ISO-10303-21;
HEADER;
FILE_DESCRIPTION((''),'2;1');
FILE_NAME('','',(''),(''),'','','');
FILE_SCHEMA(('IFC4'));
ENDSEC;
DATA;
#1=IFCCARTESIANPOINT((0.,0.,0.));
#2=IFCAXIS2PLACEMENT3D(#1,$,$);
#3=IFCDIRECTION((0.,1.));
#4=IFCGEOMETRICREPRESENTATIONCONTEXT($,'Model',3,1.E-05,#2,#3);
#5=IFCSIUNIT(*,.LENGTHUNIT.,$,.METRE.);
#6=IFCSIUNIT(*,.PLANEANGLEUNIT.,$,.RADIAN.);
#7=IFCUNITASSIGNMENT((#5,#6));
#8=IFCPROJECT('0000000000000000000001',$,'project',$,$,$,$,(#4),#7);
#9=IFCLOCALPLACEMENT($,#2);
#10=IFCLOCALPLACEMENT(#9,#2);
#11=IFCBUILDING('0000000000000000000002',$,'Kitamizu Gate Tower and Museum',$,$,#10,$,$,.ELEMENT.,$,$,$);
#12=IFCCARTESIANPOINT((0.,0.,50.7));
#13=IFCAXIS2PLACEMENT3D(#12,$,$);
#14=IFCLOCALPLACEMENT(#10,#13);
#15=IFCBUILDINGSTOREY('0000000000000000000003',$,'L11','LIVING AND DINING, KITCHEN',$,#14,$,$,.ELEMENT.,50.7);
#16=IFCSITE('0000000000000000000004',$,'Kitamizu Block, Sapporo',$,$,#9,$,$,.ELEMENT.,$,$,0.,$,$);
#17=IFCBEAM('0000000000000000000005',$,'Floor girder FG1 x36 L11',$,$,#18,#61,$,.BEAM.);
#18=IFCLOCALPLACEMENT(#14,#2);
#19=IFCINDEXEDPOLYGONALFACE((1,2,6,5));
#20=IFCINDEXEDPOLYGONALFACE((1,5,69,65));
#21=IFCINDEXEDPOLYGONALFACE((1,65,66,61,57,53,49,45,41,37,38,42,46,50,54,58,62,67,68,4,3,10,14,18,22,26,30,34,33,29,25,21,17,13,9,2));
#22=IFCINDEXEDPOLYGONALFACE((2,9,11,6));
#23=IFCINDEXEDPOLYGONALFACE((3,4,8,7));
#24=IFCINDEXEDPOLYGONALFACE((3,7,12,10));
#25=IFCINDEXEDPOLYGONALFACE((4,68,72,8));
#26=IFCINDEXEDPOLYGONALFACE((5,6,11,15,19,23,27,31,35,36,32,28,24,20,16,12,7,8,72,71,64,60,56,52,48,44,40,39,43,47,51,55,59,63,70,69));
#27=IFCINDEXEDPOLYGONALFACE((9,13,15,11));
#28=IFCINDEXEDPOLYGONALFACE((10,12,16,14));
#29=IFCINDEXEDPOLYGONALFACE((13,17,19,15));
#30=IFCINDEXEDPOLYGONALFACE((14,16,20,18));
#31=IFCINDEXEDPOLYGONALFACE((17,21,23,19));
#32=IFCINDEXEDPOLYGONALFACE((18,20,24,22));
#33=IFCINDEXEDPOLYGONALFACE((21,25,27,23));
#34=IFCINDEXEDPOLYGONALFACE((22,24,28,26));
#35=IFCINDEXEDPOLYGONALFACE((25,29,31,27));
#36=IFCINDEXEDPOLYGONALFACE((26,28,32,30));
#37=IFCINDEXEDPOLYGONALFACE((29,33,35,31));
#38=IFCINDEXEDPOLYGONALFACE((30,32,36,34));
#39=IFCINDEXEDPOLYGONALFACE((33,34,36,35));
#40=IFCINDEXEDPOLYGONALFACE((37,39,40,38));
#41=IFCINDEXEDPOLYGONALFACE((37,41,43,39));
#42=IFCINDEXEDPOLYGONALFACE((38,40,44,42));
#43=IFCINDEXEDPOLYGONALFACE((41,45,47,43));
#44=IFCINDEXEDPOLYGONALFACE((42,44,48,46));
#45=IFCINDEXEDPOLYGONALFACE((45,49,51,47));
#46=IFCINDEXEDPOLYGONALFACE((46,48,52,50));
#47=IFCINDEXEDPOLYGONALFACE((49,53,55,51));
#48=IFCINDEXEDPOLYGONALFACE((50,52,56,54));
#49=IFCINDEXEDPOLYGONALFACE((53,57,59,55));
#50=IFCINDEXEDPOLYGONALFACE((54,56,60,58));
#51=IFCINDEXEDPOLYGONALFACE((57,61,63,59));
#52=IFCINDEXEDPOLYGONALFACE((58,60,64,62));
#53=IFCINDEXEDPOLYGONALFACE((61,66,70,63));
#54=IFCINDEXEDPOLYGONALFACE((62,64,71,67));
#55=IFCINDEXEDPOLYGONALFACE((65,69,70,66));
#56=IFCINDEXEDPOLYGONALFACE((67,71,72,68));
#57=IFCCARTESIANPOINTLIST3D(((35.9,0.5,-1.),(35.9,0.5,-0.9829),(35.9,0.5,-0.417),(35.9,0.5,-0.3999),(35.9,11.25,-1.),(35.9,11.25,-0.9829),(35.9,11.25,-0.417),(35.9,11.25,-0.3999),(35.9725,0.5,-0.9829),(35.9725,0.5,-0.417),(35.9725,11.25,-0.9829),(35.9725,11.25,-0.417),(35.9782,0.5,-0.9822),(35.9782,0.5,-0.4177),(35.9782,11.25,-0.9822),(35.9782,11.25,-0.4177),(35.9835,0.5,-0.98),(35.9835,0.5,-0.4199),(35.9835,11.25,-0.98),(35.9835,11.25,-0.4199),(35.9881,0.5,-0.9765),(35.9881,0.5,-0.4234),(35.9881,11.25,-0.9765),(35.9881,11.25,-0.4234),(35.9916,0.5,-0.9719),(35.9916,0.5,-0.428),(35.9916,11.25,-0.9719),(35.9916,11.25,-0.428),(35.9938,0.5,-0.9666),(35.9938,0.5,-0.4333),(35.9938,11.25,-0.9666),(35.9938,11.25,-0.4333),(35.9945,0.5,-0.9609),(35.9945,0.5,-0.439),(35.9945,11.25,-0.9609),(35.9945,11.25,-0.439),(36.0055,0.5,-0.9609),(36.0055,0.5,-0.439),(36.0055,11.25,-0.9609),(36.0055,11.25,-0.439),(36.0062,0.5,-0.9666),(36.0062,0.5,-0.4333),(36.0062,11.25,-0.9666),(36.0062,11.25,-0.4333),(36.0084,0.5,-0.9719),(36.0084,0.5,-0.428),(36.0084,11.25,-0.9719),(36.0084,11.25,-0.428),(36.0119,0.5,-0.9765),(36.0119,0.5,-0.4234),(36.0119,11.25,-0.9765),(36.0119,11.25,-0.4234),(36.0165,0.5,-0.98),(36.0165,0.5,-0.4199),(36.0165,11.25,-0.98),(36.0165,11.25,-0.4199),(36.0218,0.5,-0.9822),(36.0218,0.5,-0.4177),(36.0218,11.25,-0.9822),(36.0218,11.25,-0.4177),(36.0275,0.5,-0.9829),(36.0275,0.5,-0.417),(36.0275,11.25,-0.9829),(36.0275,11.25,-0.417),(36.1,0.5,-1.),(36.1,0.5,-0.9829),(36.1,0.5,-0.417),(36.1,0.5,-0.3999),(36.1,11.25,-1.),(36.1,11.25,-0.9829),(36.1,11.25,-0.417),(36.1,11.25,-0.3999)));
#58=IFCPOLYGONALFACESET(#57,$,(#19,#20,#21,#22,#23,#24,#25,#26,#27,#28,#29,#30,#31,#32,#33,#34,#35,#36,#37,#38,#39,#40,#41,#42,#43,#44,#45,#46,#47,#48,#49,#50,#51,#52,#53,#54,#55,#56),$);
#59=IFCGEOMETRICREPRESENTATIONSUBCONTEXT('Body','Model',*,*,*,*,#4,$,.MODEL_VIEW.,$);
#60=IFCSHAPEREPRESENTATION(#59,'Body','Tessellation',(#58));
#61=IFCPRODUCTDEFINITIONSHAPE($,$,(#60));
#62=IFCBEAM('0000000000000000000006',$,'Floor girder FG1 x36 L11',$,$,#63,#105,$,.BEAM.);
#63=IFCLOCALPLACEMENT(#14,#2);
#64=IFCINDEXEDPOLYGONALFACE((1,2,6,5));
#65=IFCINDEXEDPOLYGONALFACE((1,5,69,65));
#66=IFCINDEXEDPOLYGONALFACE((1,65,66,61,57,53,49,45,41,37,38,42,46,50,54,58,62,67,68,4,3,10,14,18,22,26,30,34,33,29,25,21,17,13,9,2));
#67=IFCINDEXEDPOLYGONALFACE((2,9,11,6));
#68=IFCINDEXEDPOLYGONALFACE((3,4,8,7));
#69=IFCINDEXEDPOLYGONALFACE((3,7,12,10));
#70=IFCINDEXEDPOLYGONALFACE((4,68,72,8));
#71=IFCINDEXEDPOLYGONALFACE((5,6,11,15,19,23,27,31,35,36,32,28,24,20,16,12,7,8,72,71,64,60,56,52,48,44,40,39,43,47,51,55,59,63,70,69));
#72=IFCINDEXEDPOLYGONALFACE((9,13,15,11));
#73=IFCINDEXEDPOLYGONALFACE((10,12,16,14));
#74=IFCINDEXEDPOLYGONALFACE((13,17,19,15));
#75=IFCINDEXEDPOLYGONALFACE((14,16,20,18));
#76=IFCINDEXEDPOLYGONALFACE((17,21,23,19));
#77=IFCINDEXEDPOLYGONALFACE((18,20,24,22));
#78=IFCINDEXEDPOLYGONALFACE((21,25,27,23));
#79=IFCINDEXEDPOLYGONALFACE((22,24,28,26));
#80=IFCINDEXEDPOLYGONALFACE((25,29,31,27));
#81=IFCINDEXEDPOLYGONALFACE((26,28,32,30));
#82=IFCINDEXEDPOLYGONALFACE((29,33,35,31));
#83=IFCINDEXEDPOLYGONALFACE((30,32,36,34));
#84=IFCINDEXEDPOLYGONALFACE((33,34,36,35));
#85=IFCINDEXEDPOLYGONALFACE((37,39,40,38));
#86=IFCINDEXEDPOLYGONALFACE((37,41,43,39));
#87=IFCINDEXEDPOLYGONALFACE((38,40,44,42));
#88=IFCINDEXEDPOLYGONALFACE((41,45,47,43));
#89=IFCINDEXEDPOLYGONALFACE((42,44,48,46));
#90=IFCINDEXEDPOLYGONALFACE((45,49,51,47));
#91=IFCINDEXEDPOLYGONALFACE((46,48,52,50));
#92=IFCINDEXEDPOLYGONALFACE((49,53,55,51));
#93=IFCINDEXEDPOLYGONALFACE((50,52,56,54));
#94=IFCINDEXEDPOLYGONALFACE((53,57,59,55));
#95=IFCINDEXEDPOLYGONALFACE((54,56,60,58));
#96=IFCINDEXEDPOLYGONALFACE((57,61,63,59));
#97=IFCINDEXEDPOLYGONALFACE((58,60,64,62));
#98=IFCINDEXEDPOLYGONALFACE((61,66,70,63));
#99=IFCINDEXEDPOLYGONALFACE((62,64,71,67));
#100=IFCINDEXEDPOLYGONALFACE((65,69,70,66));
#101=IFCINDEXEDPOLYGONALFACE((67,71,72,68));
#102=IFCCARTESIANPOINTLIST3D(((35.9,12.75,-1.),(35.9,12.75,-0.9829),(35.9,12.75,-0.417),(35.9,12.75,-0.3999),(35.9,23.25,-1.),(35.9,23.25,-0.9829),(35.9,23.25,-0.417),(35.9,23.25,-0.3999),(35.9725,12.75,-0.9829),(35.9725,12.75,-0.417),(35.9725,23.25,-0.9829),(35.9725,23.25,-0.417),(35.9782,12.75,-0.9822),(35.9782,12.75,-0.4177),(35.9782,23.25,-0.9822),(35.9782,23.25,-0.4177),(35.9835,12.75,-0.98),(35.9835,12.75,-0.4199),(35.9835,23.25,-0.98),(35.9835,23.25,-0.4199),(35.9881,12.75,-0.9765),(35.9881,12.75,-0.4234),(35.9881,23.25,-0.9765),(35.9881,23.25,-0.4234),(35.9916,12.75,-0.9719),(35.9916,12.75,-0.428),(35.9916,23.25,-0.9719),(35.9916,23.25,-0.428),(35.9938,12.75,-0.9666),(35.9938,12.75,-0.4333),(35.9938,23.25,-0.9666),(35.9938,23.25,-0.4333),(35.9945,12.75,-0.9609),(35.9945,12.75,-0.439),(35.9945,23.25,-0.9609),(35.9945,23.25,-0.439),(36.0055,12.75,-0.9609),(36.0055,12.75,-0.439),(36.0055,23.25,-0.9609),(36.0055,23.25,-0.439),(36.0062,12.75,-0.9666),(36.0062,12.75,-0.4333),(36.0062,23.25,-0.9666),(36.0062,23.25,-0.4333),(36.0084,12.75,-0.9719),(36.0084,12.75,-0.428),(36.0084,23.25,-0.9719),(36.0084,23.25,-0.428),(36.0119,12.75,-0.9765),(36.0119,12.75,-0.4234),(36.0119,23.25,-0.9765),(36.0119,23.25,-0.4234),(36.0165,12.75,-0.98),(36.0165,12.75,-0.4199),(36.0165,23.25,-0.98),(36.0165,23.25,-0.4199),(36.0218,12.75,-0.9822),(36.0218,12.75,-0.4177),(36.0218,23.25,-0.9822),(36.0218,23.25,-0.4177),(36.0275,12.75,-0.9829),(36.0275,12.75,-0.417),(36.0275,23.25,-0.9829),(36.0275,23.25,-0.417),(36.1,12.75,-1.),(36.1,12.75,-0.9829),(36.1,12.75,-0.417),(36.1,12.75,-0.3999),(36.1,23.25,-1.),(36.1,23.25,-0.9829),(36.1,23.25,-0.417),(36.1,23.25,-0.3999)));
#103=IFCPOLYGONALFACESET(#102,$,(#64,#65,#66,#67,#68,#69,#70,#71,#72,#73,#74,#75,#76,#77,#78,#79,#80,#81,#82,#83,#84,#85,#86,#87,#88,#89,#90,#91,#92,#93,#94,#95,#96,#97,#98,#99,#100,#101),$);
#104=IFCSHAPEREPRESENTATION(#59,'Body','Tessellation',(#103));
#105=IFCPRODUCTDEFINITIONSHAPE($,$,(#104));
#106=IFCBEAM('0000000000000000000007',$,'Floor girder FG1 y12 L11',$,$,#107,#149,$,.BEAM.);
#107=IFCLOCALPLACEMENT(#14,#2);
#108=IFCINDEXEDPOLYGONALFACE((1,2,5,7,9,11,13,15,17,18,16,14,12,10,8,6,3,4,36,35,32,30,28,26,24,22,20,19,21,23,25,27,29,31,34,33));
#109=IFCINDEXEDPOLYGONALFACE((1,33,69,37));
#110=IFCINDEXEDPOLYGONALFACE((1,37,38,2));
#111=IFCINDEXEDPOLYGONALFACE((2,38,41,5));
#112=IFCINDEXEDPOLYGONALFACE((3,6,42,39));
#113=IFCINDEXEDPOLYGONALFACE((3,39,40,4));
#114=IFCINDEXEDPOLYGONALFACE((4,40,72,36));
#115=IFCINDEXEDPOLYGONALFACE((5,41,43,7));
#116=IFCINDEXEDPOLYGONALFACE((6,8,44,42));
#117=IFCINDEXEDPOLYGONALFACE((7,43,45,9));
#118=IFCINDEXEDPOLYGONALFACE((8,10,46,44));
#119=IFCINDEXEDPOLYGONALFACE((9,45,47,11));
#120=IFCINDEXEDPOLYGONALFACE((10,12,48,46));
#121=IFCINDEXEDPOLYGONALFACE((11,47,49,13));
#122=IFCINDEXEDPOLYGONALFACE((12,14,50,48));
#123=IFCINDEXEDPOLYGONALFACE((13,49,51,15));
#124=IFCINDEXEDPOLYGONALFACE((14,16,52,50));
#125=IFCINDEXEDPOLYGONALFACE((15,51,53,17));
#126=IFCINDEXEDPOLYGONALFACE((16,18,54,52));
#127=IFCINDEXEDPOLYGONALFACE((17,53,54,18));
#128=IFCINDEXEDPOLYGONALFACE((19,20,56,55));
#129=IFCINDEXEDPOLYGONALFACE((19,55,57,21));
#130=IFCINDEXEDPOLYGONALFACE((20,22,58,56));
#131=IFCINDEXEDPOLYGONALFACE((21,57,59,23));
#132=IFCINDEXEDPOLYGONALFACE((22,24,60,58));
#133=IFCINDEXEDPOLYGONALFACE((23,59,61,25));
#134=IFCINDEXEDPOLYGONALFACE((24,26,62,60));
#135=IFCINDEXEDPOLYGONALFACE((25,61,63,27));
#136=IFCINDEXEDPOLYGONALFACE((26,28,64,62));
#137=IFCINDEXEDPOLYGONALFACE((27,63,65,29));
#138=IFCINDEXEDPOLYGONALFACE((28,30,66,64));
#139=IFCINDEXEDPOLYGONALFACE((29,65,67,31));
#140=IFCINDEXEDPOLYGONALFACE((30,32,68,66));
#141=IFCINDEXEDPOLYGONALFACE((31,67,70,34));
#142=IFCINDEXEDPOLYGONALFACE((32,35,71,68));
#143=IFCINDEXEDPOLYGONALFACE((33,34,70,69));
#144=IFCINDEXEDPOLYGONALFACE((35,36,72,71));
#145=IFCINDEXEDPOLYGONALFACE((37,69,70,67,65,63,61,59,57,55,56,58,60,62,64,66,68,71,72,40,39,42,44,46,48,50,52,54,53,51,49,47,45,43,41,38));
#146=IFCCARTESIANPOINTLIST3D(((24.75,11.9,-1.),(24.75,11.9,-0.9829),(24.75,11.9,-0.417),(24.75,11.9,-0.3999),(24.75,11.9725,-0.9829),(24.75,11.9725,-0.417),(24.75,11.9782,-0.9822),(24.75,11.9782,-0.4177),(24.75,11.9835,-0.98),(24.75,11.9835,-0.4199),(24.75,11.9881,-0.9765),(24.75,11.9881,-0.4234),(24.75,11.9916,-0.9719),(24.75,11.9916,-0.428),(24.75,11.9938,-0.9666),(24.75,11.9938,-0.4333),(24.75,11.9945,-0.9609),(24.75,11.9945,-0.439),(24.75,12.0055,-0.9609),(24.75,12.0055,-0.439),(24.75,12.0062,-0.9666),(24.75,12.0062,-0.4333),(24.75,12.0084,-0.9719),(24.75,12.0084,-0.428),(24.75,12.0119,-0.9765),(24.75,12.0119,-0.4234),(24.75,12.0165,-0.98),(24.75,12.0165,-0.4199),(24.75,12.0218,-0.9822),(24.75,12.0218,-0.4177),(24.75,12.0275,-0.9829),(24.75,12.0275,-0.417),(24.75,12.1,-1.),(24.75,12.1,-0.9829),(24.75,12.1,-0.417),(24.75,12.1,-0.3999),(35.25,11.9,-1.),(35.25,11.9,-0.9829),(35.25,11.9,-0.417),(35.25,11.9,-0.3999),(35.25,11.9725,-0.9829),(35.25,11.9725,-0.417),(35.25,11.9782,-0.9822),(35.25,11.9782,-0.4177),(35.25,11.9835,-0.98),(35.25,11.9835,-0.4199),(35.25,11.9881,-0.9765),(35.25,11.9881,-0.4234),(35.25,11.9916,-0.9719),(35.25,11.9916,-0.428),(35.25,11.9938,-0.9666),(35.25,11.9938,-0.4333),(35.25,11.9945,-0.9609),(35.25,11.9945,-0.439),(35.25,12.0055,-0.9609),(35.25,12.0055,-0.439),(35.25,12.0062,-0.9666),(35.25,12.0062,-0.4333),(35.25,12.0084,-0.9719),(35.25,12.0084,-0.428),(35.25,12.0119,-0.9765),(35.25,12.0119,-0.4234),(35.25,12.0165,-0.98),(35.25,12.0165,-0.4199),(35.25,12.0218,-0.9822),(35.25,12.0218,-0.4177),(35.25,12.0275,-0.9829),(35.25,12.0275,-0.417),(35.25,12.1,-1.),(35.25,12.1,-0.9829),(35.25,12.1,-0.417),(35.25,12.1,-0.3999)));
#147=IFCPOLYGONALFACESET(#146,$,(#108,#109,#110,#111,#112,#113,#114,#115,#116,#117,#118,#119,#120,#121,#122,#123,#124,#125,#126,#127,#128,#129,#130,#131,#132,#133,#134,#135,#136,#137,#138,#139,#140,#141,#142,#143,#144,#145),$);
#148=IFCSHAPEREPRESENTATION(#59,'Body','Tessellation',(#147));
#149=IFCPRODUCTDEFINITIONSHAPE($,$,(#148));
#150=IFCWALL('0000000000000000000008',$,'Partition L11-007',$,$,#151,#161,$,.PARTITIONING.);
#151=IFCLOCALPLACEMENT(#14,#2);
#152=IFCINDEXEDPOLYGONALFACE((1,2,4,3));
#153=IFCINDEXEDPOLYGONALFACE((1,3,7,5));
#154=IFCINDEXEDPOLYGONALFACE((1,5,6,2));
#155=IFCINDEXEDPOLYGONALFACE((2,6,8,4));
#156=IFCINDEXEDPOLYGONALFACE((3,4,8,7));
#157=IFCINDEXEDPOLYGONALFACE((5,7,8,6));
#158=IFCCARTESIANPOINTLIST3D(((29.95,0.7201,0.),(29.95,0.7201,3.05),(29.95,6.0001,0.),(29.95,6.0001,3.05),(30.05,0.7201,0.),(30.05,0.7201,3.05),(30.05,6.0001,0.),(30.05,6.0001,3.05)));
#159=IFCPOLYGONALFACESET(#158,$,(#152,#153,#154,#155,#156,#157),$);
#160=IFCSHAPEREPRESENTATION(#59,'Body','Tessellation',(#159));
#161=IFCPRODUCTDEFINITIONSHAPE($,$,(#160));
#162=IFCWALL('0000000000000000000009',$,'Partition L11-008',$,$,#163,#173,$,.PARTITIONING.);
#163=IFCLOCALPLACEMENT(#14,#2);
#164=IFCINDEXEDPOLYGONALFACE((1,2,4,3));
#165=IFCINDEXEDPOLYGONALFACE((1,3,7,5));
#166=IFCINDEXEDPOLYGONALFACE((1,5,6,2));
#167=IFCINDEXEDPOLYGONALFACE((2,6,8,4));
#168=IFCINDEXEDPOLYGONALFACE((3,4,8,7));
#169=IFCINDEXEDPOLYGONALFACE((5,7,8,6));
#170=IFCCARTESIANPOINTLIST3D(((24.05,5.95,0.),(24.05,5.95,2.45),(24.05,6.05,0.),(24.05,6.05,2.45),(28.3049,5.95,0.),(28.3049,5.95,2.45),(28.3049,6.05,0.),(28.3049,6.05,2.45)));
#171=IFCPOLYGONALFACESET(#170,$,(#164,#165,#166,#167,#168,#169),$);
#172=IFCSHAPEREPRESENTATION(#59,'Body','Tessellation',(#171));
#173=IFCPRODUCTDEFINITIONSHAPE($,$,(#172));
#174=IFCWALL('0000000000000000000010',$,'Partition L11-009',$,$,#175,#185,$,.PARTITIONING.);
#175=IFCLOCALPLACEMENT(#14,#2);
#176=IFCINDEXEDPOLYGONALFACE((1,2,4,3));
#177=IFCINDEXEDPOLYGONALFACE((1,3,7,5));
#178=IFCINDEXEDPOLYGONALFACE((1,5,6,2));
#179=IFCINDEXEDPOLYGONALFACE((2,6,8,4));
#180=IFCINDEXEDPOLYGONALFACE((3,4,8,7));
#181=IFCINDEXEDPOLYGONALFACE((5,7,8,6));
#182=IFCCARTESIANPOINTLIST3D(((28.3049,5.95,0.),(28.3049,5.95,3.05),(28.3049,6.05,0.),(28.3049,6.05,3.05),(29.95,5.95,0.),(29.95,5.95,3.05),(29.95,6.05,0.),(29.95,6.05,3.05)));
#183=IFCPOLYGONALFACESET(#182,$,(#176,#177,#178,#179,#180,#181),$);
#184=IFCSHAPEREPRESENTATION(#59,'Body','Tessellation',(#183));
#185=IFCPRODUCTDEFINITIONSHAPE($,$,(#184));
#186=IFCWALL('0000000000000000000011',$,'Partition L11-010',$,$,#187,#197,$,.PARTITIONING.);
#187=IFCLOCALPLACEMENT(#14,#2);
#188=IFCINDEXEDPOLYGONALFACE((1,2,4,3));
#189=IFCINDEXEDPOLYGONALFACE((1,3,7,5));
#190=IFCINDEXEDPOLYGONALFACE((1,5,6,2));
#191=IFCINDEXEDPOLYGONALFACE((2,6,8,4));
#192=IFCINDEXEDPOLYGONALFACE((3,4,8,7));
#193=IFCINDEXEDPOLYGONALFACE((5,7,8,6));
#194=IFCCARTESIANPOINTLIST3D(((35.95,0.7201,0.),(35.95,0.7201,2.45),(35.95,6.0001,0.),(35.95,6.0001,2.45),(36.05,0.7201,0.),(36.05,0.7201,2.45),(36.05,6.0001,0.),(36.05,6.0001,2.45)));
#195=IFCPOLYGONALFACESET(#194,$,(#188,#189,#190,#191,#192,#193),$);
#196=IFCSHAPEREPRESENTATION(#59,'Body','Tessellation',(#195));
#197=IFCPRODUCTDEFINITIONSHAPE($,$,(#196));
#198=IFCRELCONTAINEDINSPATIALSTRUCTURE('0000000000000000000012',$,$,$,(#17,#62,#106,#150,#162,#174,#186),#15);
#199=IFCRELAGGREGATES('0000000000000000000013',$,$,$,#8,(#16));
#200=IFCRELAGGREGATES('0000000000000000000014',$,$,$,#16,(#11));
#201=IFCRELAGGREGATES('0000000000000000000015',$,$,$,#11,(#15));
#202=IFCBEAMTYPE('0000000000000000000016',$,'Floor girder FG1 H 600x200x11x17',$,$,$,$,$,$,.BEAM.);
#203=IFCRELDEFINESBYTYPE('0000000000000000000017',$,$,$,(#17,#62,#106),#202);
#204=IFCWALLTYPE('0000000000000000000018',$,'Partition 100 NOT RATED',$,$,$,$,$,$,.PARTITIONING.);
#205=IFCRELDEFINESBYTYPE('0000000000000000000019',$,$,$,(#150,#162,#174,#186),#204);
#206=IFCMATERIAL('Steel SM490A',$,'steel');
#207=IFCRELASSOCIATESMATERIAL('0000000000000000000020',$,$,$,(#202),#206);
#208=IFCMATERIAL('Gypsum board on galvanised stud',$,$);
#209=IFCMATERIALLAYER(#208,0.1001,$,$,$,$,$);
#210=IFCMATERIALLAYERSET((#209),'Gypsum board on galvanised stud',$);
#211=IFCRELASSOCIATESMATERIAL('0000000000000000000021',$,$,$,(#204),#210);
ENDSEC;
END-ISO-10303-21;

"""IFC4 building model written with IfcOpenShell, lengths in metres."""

from ifc_helpers import new_model, si_unit, direction, frame, frame_2d, origin, origin_2d, place, context, subcontext, project, spatial, rectangle, i_section, extrude, material, layer, layer_set, material_profile, profile_set, type_object, element, save


model = new_model("IFC4")

# Units and contexts
model_context = context("Model", 3, precision=1e-05, world=origin(), true_north=direction((0.0, 1.0)))
body_context = subcontext(model_context, "Body", "Model", "MODEL_VIEW")
ifc_project = project(units=[si_unit("LENGTHUNIT", "METRE"), si_unit("PLANEANGLEUNIT", "RADIAN")], contexts=[model_context])

# Site, building, storey
site_placement = place(None, origin())
site = spatial("IfcSite", under=ifc_project, at=site_placement, Name="Kitamizu Block, Sapporo", CompositionType="ELEMENT", RefElevation=0.0)
building_placement = place(site_placement, origin())
building = spatial("IfcBuilding", under=site, at=building_placement, Name="Kitamizu Gate Tower and Museum", CompositionType="ELEMENT")
storey_placement = place(building_placement, frame((0.0, 0.0, 50.7)))
storey = spatial("IfcBuildingStorey", under=building, at=storey_placement, Name="L11", Description="LIVING AND DINING, KITCHEN", CompositionType="ELEMENT", Elevation=50.7)

# Beams
ifc_material_1 = material(Name="Steel SM490A", Category="steel")
ifc_material_profile_1 = material_profile(ifc_material_1, i_section(OverallWidth=0.2, OverallDepth=0.6001, WebThickness=0.011, FlangeThickness=0.0171, FilletRadius=0.022, at=origin_2d()), Name="H-600x200x11x17")
ifc_profile_set_1 = profile_set([ifc_material_profile_1], Name="Steel SM490A")
beam_type_1 = type_object("IfcBeamType", Name="Floor girder FG1 H 600x200x11x17", PredefinedType="BEAM", material=ifc_profile_set_1)
beam_1_placement = place(storey_placement, frame((36.0, 0.5, -0.7), z_axis=(0.0, 1.0, 0.0), x_axis=(-1.0, 0.0, 0.0)))
element("IfcBeam", 1, at=beam_1_placement, inside=storey, type_object=beam_type_1, Name="Floor girder FG1 x36 L11", PredefinedType="BEAM", context=body_context, shape_type="SweptSolid", body=[
    extrude(i_section(OverallWidth=0.2, OverallDepth=0.6001, WebThickness=0.011, FlangeThickness=0.0171, FilletRadius=0.022, at=origin_2d()), origin(), (0.0, 0.0, 1.0), 10.75),
])
for number, where, z_axis, x_axis, name in (
    (2, (36.0, 12.75, -0.7), (0.0, 1.0, 0.0), (-1.0, 0.0, 0.0), "Floor girder FG1 x36 L11"),
    (3, (24.75, 12.0, -0.7), (1.0, 0.0, 0.0), (0.0, 1.0, 0.0), "Floor girder FG1 y12 L11"),
):
    element("IfcBeam", number, at=place(storey_placement, frame(where, z_axis=z_axis, x_axis=x_axis)), inside=storey, type_object=beam_type_1, Name=name, PredefinedType="BEAM", context=body_context, shape_type="SweptSolid", body=[
        extrude(i_section(OverallWidth=0.2, OverallDepth=0.6001, WebThickness=0.011, FlangeThickness=0.0171, FilletRadius=0.022, at=origin_2d()), origin(), (0.0, 0.0, 1.0), 10.5),
    ])

# Walls
ifc_material_2 = material(Name="Gypsum board on galvanised stud")
ifc_layer_1 = layer(ifc_material_2, 0.1001)
ifc_layer_set_1 = layer_set([ifc_layer_1], Name="Gypsum board on galvanised stud")
wall_type_1 = type_object("IfcWallType", Name="Partition 100 NOT RATED", PredefinedType="PARTITIONING", material=ifc_layer_set_1)
wall_1_placement = place(storey_placement, frame((30.0, 0.72, 0.0), z_axis=(0.0, 0.0, 1.0), x_axis=(0.0, 1.0, 0.0)))
element("IfcWall", 4, at=wall_1_placement, inside=storey, type_object=wall_type_1, Name="Partition L11-007", PredefinedType="PARTITIONING", context=body_context, shape_type="SweptSolid", body=[
    extrude(rectangle(XDim=5.28, YDim=0.1001, at=frame_2d((2.6401, 0.0))), origin(), (0.0, 0.0, 1.0), 3.05),
])
wall_2_placement = place(storey_placement, frame((28.3049, 6.0, 0.0), z_axis=(0.0, 0.0, 1.0), x_axis=(-1.0, 0.0, 0.0)))
element("IfcWall", 5, at=wall_2_placement, inside=storey, type_object=wall_type_1, Name="Partition L11-008", PredefinedType="PARTITIONING", context=body_context, shape_type="SweptSolid", body=[
    extrude(rectangle(XDim=4.2549, YDim=0.1001, at=frame_2d((2.1274, 0.0))), origin(), (0.0, 0.0, 1.0), 2.45),
])
wall_3_placement = place(storey_placement, frame((29.95, 6.0, 0.0), z_axis=(0.0, 0.0, 1.0), x_axis=(-1.0, 0.0, 0.0)))
element("IfcWall", 6, at=wall_3_placement, inside=storey, type_object=wall_type_1, Name="Partition L11-009", PredefinedType="PARTITIONING", context=body_context, shape_type="SweptSolid", body=[
    extrude(rectangle(XDim=1.645, YDim=0.1001, at=frame_2d((0.8225, 0.0))), origin(), (0.0, 0.0, 1.0), 3.05),
])
wall_4_placement = place(storey_placement, frame((36.0, 0.72, 0.0), z_axis=(0.0, 0.0, 1.0), x_axis=(0.0, 1.0, 0.0)))
element("IfcWall", 7, at=wall_4_placement, inside=storey, type_object=wall_type_1, Name="Partition L11-010", PredefinedType="PARTITIONING", context=body_context, shape_type="SweptSolid", body=[
    extrude(rectangle(XDim=5.28, YDim=0.1001, at=frame_2d((2.6401, 0.0))), origin(), (0.0, 0.0, 1.0), 2.45),
])

save(model, "model.ifc")
